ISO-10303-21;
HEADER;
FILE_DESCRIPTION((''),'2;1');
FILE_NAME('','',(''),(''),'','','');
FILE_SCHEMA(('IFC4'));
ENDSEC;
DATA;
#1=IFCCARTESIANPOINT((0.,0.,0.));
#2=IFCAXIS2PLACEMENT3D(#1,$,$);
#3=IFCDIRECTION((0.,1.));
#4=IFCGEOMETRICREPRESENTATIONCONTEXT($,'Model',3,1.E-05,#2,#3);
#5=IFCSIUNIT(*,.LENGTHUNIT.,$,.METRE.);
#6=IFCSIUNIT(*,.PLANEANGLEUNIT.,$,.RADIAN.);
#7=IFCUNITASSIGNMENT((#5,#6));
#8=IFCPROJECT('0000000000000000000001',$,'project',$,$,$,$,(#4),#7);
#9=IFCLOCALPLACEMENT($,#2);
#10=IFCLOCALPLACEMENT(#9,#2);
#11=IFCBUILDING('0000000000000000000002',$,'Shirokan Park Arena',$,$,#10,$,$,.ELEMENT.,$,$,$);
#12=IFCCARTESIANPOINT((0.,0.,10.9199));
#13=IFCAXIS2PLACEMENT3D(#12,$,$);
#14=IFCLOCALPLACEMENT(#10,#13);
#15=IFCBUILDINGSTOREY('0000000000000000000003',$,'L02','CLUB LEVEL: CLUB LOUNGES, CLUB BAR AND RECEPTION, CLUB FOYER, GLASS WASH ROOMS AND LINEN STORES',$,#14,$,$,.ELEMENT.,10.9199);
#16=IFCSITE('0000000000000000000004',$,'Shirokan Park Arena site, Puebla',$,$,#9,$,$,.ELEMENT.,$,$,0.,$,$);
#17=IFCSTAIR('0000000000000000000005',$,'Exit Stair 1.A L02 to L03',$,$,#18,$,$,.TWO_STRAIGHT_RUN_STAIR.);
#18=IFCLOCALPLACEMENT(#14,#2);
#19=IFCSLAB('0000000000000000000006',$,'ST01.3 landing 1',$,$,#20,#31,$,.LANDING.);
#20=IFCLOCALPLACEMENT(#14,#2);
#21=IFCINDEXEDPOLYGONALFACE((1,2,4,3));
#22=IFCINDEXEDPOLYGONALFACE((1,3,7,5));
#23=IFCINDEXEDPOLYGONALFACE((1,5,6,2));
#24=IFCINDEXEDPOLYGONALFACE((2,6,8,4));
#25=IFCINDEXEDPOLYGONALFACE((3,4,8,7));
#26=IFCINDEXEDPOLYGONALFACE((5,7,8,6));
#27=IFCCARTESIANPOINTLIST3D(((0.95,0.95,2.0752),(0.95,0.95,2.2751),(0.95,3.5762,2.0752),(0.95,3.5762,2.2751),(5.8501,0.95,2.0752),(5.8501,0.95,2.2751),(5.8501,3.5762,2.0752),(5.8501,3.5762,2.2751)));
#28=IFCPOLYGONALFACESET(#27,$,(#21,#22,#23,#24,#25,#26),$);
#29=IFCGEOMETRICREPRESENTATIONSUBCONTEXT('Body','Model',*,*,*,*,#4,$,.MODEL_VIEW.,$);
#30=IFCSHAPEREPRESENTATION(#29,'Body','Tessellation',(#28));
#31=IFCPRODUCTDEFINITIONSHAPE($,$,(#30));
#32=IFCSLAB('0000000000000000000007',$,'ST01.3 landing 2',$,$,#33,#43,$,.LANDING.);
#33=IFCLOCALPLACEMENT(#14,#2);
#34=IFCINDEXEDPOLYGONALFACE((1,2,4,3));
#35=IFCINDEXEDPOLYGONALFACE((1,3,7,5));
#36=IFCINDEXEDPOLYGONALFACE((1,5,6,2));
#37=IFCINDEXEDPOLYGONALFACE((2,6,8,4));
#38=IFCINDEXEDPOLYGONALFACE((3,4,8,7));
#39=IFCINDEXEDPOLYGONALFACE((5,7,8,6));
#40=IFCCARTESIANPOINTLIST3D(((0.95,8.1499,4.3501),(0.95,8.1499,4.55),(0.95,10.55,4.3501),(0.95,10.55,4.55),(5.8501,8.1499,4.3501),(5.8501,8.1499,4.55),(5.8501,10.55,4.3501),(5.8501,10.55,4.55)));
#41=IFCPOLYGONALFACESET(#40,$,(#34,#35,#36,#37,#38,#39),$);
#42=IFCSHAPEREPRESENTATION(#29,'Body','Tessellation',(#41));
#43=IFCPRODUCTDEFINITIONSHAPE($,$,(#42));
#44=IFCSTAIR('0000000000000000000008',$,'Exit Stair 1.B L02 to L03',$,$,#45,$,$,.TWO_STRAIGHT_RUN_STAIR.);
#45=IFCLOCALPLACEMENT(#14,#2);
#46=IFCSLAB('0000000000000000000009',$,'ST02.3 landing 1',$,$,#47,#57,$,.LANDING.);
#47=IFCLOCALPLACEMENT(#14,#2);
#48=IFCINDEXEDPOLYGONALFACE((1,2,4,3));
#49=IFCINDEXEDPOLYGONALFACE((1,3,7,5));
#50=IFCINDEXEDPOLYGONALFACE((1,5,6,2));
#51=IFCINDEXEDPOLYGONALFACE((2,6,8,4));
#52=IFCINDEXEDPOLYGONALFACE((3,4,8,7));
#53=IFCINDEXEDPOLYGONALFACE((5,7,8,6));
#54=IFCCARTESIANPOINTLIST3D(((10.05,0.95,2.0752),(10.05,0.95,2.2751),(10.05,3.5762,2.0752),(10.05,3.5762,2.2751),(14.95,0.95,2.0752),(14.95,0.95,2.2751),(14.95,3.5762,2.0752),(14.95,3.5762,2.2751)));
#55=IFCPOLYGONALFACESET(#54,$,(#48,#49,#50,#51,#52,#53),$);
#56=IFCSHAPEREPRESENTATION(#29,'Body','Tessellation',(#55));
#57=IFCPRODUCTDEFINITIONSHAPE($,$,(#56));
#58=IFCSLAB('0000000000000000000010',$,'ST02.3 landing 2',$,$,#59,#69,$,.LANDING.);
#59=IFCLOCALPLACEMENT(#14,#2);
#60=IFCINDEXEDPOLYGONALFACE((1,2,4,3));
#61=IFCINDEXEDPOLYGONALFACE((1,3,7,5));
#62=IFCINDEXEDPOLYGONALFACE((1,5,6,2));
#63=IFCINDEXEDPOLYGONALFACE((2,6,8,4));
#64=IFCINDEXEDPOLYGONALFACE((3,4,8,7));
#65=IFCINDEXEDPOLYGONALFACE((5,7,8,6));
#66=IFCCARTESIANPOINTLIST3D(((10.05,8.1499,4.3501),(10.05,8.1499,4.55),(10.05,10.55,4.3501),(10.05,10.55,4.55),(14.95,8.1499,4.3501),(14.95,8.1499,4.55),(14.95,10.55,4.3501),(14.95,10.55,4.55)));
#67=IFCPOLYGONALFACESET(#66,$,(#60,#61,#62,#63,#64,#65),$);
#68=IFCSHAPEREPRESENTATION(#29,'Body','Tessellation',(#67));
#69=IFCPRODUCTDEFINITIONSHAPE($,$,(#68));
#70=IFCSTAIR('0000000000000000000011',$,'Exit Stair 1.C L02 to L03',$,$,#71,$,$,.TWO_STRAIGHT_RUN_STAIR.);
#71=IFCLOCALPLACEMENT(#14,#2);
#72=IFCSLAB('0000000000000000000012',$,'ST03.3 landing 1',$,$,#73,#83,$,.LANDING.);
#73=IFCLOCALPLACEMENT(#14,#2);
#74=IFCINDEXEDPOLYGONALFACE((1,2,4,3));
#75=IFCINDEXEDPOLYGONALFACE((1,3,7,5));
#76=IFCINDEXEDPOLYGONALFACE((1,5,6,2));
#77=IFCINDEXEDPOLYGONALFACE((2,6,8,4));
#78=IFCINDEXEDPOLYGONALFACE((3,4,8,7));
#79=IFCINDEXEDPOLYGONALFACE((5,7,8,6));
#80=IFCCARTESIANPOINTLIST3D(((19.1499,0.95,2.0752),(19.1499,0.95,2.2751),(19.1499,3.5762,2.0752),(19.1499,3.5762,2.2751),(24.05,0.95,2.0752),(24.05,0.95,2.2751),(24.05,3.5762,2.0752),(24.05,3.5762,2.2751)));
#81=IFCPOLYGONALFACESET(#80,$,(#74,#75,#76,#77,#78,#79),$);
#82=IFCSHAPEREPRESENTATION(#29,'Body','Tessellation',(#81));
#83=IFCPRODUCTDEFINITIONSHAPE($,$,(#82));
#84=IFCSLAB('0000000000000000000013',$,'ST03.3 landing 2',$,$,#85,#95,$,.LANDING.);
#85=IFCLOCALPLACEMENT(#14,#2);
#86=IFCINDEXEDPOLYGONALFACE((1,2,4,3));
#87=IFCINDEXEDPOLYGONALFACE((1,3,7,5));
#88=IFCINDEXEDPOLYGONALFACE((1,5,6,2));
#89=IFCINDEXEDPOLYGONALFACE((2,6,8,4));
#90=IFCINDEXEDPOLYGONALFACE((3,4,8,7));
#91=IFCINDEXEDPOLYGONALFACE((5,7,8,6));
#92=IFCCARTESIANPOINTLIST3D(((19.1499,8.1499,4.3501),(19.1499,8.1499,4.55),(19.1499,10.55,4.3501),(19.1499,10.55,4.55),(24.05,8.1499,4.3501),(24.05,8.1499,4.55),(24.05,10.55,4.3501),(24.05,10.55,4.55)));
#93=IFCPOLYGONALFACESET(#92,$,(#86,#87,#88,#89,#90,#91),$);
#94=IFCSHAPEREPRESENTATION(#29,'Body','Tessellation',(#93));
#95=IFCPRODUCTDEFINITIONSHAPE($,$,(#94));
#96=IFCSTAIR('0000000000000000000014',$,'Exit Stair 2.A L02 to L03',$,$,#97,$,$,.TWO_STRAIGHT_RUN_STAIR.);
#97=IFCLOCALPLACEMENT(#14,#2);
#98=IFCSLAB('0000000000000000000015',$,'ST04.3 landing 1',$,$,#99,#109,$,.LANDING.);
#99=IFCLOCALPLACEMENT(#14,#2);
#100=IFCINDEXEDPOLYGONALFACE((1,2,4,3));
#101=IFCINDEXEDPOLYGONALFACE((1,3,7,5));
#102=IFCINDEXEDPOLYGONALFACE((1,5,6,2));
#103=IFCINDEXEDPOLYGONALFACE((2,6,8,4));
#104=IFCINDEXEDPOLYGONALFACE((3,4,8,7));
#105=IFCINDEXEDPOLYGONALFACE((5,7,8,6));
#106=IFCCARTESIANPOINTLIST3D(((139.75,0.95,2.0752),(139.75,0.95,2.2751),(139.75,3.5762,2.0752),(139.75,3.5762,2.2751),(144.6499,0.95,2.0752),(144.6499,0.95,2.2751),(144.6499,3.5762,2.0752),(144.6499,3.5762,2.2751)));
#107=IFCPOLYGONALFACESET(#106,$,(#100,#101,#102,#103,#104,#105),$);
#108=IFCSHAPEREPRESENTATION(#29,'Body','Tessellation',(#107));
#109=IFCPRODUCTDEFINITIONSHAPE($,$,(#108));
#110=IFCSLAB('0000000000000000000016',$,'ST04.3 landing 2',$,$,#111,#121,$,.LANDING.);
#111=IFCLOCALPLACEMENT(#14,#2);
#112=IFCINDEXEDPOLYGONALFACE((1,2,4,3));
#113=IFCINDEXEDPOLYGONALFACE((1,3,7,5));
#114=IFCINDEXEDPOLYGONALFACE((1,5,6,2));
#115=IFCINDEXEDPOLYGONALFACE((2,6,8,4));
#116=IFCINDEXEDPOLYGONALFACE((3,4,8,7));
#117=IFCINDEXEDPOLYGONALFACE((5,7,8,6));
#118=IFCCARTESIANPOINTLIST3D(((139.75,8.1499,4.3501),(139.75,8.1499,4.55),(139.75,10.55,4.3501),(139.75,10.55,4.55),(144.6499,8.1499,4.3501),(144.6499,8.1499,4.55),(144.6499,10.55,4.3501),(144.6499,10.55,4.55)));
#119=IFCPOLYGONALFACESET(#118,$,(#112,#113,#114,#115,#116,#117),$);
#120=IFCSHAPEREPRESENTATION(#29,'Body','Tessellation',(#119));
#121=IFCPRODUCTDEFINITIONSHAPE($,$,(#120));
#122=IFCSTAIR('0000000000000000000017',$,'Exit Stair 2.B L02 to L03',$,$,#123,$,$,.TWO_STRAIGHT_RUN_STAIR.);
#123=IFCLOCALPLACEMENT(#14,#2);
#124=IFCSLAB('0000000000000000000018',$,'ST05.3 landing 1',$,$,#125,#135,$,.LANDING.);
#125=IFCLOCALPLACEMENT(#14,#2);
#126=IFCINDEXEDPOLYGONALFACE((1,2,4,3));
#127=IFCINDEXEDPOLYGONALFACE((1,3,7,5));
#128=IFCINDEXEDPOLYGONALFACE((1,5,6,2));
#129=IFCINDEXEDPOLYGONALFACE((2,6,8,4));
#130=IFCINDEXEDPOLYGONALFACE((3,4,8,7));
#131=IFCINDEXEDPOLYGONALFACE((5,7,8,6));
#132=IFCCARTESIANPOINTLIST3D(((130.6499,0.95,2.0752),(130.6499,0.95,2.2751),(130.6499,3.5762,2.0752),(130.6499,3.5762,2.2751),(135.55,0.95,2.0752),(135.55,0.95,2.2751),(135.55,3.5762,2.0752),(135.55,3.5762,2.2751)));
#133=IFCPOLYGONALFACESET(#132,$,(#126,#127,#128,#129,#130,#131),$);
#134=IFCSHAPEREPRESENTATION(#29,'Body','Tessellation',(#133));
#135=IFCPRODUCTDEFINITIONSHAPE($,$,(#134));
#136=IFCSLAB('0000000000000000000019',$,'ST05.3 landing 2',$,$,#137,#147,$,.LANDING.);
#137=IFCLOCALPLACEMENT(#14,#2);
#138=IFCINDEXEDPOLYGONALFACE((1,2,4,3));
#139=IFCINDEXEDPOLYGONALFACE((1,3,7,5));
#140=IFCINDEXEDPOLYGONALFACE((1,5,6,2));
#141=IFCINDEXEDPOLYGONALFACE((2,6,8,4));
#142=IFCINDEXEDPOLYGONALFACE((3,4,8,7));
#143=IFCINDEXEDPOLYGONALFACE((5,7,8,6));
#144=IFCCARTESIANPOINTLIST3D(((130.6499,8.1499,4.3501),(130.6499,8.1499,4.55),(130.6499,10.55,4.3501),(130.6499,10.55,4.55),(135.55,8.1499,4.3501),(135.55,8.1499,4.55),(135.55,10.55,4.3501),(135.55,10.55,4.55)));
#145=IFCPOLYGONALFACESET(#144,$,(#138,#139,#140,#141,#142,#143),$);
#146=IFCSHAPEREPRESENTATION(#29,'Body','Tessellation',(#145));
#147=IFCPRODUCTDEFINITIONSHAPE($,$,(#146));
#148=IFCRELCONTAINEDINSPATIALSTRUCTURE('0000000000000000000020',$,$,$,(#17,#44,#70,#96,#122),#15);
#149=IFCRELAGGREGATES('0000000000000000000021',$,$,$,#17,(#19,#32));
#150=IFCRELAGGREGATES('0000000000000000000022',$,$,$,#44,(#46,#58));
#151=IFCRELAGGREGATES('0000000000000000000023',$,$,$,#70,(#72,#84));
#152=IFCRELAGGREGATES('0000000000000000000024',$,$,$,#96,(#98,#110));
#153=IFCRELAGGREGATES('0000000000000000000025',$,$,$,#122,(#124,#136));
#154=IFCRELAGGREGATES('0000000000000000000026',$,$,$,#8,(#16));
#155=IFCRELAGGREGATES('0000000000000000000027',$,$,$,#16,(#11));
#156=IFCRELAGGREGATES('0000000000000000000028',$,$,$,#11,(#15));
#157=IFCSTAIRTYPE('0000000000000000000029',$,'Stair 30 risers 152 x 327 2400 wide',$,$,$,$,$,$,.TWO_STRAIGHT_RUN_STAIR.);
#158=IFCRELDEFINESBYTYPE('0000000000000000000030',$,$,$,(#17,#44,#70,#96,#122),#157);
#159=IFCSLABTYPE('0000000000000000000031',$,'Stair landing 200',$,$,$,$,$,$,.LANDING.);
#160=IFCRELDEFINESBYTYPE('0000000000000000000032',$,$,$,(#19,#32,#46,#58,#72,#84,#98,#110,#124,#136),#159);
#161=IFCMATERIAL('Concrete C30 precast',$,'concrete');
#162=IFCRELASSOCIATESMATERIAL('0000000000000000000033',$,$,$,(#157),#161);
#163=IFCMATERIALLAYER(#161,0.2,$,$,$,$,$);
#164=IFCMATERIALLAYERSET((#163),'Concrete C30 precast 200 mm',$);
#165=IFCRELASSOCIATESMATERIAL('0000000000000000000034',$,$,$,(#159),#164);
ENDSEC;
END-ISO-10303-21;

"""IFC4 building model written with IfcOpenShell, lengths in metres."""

from ifc_helpers import new_model, si_unit, direction, frame, origin, place, context, subcontext, project, spatial, polyline, outline, extrude, material, layer, layer_set, type_object, element, aggregate, save


model = new_model("IFC4")

# Units and contexts
model_context = context("Model", 3, precision=1e-05, world=origin(), true_north=direction((0.0, 1.0)))
body_context = subcontext(model_context, "Body", "Model", "MODEL_VIEW")
ifc_project = project(units=[si_unit("LENGTHUNIT", "METRE"), si_unit("PLANEANGLEUNIT", "RADIAN")], contexts=[model_context])

# Site, building, storey
site_placement = place(None, origin())
site = spatial("IfcSite", under=ifc_project, at=site_placement, Name="Shirokan Park Arena site, Puebla", CompositionType="ELEMENT", RefElevation=0.0)
building_placement = place(site_placement, origin())
building = spatial("IfcBuilding", under=site, at=building_placement, Name="Shirokan Park Arena", CompositionType="ELEMENT")
storey_placement = place(building_placement, frame((0.0, 0.0, 10.9199)))
storey = spatial("IfcBuildingStorey", under=building, at=storey_placement, Name="L02", Description="CLUB LEVEL: CLUB LOUNGES, CLUB BAR AND RECEPTION, CLUB FOYER, GLASS WASH ROOMS AND LINEN STORES", CompositionType="ELEMENT", Elevation=10.9199)

# Stairs, slabs
ifc_material_1 = material(Name="Concrete C30 precast", Category="concrete")
stair_type = type_object("IfcStairType", Name="Stair 30 risers 152 x 327 2400 wide", PredefinedType="TWO_STRAIGHT_RUN_STAIR", material=ifc_material_1)
stair_1_placement = place(storey_placement, origin())
stair_1 = element("IfcStair", 1, at=stair_1_placement, inside=storey, type_object=stair_type, Name="Exit Stair 1.A L02 to L03", PredefinedType="TWO_STRAIGHT_RUN_STAIR")
ifc_layer = layer(ifc_material_1, 0.2)
ifc_layer_set = layer_set([ifc_layer], Name="Concrete C30 precast 200 mm")
slab_type = type_object("IfcSlabType", Name="Stair landing 200", PredefinedType="LANDING", material=ifc_layer_set)
slab_1_placement = place(storey_placement, frame((0.0, 0.0, 2.0752)))
slab_1 = element("IfcSlab", 2, at=slab_1_placement, type_object=slab_type, Name="ST01.3 landing 1", PredefinedType="LANDING", context=body_context, shape_type="SweptSolid", body=[
    extrude(outline(polyline([(0.95, 0.95), (5.8501, 0.95), (5.8501, 3.5762), (0.95, 3.5762), (0.95, 0.95)])), origin(), (0.0, 0.0, 1.0), 0.2),
])
slab_2_placement = place(storey_placement, frame((0.0, 0.0, 4.3501)))
slab_2 = element("IfcSlab", 3, at=slab_2_placement, type_object=slab_type, Name="ST01.3 landing 2", PredefinedType="LANDING", context=body_context, shape_type="SweptSolid", body=[
    extrude(outline(polyline([(0.95, 8.1499), (5.8501, 8.1499), (5.8501, 10.55), (0.95, 10.55), (0.95, 8.1499)])), origin(), (0.0, 0.0, 1.0), 0.2),
])
aggregate(stair_1, [slab_1, slab_2])
stair_2_placement = place(storey_placement, origin())
stair_2 = element("IfcStair", 4, at=stair_2_placement, inside=storey, type_object=stair_type, Name="Exit Stair 1.B L02 to L03", PredefinedType="TWO_STRAIGHT_RUN_STAIR")
slab_3_placement = place(storey_placement, frame((0.0, 0.0, 2.0752)))
slab_3 = element("IfcSlab", 5, at=slab_3_placement, type_object=slab_type, Name="ST02.3 landing 1", PredefinedType="LANDING", context=body_context, shape_type="SweptSolid", body=[
    extrude(outline(polyline([(10.05, 0.95), (14.95, 0.95), (14.95, 3.5762), (10.05, 3.5762), (10.05, 0.95)])), origin(), (0.0, 0.0, 1.0), 0.2),
])
slab_4_placement = place(storey_placement, frame((0.0, 0.0, 4.3501)))
slab_4 = element("IfcSlab", 6, at=slab_4_placement, type_object=slab_type, Name="ST02.3 landing 2", PredefinedType="LANDING", context=body_context, shape_type="SweptSolid", body=[
    extrude(outline(polyline([(10.05, 8.1499), (14.95, 8.1499), (14.95, 10.55), (10.05, 10.55), (10.05, 8.1499)])), origin(), (0.0, 0.0, 1.0), 0.2),
])
aggregate(stair_2, [slab_3, slab_4])
stair_3_placement = place(storey_placement, origin())
stair_3 = element("IfcStair", 7, at=stair_3_placement, inside=storey, type_object=stair_type, Name="Exit Stair 1.C L02 to L03", PredefinedType="TWO_STRAIGHT_RUN_STAIR")
slab_5_placement = place(storey_placement, frame((0.0, 0.0, 2.0752)))
slab_5 = element("IfcSlab", 8, at=slab_5_placement, type_object=slab_type, Name="ST03.3 landing 1", PredefinedType="LANDING", context=body_context, shape_type="SweptSolid", body=[
    extrude(outline(polyline([(19.1499, 0.95), (24.05, 0.95), (24.05, 3.5762), (19.1499, 3.5762), (19.1499, 0.95)])), origin(), (0.0, 0.0, 1.0), 0.2),
])
slab_6_placement = place(storey_placement, frame((0.0, 0.0, 4.3501)))
slab_6 = element("IfcSlab", 9, at=slab_6_placement, type_object=slab_type, Name="ST03.3 landing 2", PredefinedType="LANDING", context=body_context, shape_type="SweptSolid", body=[
    extrude(outline(polyline([(19.1499, 8.1499), (24.05, 8.1499), (24.05, 10.55), (19.1499, 10.55), (19.1499, 8.1499)])), origin(), (0.0, 0.0, 1.0), 0.2),
])
aggregate(stair_3, [slab_5, slab_6])
stair_4_placement = place(storey_placement, origin())
stair_4 = element("IfcStair", 10, at=stair_4_placement, inside=storey, type_object=stair_type, Name="Exit Stair 2.A L02 to L03", PredefinedType="TWO_STRAIGHT_RUN_STAIR")
slab_7_placement = place(storey_placement, frame((0.0, 0.0, 2.0752)))
slab_7 = element("IfcSlab", 11, at=slab_7_placement, type_object=slab_type, Name="ST04.3 landing 1", PredefinedType="LANDING", context=body_context, shape_type="SweptSolid", body=[
    extrude(outline(polyline([(139.75, 0.95), (144.6499, 0.95), (144.6499, 3.5762), (139.75, 3.5762), (139.75, 0.95)])), origin(), (0.0, 0.0, 1.0), 0.2),
])
slab_8_placement = place(storey_placement, frame((0.0, 0.0, 4.3501)))
slab_8 = element("IfcSlab", 12, at=slab_8_placement, type_object=slab_type, Name="ST04.3 landing 2", PredefinedType="LANDING", context=body_context, shape_type="SweptSolid", body=[
    extrude(outline(polyline([(139.75, 8.1499), (144.6499, 8.1499), (144.6499, 10.55), (139.75, 10.55), (139.75, 8.1499)])), origin(), (0.0, 0.0, 1.0), 0.2),
])
aggregate(stair_4, [slab_7, slab_8])
stair_5_placement = place(storey_placement, origin())
stair_5 = element("IfcStair", 13, at=stair_5_placement, inside=storey, type_object=stair_type, Name="Exit Stair 2.B L02 to L03", PredefinedType="TWO_STRAIGHT_RUN_STAIR")
slab_9_placement = place(storey_placement, frame((0.0, 0.0, 2.0752)))
slab_9 = element("IfcSlab", 14, at=slab_9_placement, type_object=slab_type, Name="ST05.3 landing 1", PredefinedType="LANDING", context=body_context, shape_type="SweptSolid", body=[
    extrude(outline(polyline([(130.6499, 0.95), (135.55, 0.95), (135.55, 3.5762), (130.6499, 3.5762), (130.6499, 0.95)])), origin(), (0.0, 0.0, 1.0), 0.2),
])
slab_10_placement = place(storey_placement, frame((0.0, 0.0, 4.3501)))
slab_10 = element("IfcSlab", 15, at=slab_10_placement, type_object=slab_type, Name="ST05.3 landing 2", PredefinedType="LANDING", context=body_context, shape_type="SweptSolid", body=[
    extrude(outline(polyline([(130.6499, 8.1499), (135.55, 8.1499), (135.55, 10.55), (130.6499, 10.55), (130.6499, 8.1499)])), origin(), (0.0, 0.0, 1.0), 0.2),
])
aggregate(stair_5, [slab_9, slab_10])

save(model, "model.ifc")
